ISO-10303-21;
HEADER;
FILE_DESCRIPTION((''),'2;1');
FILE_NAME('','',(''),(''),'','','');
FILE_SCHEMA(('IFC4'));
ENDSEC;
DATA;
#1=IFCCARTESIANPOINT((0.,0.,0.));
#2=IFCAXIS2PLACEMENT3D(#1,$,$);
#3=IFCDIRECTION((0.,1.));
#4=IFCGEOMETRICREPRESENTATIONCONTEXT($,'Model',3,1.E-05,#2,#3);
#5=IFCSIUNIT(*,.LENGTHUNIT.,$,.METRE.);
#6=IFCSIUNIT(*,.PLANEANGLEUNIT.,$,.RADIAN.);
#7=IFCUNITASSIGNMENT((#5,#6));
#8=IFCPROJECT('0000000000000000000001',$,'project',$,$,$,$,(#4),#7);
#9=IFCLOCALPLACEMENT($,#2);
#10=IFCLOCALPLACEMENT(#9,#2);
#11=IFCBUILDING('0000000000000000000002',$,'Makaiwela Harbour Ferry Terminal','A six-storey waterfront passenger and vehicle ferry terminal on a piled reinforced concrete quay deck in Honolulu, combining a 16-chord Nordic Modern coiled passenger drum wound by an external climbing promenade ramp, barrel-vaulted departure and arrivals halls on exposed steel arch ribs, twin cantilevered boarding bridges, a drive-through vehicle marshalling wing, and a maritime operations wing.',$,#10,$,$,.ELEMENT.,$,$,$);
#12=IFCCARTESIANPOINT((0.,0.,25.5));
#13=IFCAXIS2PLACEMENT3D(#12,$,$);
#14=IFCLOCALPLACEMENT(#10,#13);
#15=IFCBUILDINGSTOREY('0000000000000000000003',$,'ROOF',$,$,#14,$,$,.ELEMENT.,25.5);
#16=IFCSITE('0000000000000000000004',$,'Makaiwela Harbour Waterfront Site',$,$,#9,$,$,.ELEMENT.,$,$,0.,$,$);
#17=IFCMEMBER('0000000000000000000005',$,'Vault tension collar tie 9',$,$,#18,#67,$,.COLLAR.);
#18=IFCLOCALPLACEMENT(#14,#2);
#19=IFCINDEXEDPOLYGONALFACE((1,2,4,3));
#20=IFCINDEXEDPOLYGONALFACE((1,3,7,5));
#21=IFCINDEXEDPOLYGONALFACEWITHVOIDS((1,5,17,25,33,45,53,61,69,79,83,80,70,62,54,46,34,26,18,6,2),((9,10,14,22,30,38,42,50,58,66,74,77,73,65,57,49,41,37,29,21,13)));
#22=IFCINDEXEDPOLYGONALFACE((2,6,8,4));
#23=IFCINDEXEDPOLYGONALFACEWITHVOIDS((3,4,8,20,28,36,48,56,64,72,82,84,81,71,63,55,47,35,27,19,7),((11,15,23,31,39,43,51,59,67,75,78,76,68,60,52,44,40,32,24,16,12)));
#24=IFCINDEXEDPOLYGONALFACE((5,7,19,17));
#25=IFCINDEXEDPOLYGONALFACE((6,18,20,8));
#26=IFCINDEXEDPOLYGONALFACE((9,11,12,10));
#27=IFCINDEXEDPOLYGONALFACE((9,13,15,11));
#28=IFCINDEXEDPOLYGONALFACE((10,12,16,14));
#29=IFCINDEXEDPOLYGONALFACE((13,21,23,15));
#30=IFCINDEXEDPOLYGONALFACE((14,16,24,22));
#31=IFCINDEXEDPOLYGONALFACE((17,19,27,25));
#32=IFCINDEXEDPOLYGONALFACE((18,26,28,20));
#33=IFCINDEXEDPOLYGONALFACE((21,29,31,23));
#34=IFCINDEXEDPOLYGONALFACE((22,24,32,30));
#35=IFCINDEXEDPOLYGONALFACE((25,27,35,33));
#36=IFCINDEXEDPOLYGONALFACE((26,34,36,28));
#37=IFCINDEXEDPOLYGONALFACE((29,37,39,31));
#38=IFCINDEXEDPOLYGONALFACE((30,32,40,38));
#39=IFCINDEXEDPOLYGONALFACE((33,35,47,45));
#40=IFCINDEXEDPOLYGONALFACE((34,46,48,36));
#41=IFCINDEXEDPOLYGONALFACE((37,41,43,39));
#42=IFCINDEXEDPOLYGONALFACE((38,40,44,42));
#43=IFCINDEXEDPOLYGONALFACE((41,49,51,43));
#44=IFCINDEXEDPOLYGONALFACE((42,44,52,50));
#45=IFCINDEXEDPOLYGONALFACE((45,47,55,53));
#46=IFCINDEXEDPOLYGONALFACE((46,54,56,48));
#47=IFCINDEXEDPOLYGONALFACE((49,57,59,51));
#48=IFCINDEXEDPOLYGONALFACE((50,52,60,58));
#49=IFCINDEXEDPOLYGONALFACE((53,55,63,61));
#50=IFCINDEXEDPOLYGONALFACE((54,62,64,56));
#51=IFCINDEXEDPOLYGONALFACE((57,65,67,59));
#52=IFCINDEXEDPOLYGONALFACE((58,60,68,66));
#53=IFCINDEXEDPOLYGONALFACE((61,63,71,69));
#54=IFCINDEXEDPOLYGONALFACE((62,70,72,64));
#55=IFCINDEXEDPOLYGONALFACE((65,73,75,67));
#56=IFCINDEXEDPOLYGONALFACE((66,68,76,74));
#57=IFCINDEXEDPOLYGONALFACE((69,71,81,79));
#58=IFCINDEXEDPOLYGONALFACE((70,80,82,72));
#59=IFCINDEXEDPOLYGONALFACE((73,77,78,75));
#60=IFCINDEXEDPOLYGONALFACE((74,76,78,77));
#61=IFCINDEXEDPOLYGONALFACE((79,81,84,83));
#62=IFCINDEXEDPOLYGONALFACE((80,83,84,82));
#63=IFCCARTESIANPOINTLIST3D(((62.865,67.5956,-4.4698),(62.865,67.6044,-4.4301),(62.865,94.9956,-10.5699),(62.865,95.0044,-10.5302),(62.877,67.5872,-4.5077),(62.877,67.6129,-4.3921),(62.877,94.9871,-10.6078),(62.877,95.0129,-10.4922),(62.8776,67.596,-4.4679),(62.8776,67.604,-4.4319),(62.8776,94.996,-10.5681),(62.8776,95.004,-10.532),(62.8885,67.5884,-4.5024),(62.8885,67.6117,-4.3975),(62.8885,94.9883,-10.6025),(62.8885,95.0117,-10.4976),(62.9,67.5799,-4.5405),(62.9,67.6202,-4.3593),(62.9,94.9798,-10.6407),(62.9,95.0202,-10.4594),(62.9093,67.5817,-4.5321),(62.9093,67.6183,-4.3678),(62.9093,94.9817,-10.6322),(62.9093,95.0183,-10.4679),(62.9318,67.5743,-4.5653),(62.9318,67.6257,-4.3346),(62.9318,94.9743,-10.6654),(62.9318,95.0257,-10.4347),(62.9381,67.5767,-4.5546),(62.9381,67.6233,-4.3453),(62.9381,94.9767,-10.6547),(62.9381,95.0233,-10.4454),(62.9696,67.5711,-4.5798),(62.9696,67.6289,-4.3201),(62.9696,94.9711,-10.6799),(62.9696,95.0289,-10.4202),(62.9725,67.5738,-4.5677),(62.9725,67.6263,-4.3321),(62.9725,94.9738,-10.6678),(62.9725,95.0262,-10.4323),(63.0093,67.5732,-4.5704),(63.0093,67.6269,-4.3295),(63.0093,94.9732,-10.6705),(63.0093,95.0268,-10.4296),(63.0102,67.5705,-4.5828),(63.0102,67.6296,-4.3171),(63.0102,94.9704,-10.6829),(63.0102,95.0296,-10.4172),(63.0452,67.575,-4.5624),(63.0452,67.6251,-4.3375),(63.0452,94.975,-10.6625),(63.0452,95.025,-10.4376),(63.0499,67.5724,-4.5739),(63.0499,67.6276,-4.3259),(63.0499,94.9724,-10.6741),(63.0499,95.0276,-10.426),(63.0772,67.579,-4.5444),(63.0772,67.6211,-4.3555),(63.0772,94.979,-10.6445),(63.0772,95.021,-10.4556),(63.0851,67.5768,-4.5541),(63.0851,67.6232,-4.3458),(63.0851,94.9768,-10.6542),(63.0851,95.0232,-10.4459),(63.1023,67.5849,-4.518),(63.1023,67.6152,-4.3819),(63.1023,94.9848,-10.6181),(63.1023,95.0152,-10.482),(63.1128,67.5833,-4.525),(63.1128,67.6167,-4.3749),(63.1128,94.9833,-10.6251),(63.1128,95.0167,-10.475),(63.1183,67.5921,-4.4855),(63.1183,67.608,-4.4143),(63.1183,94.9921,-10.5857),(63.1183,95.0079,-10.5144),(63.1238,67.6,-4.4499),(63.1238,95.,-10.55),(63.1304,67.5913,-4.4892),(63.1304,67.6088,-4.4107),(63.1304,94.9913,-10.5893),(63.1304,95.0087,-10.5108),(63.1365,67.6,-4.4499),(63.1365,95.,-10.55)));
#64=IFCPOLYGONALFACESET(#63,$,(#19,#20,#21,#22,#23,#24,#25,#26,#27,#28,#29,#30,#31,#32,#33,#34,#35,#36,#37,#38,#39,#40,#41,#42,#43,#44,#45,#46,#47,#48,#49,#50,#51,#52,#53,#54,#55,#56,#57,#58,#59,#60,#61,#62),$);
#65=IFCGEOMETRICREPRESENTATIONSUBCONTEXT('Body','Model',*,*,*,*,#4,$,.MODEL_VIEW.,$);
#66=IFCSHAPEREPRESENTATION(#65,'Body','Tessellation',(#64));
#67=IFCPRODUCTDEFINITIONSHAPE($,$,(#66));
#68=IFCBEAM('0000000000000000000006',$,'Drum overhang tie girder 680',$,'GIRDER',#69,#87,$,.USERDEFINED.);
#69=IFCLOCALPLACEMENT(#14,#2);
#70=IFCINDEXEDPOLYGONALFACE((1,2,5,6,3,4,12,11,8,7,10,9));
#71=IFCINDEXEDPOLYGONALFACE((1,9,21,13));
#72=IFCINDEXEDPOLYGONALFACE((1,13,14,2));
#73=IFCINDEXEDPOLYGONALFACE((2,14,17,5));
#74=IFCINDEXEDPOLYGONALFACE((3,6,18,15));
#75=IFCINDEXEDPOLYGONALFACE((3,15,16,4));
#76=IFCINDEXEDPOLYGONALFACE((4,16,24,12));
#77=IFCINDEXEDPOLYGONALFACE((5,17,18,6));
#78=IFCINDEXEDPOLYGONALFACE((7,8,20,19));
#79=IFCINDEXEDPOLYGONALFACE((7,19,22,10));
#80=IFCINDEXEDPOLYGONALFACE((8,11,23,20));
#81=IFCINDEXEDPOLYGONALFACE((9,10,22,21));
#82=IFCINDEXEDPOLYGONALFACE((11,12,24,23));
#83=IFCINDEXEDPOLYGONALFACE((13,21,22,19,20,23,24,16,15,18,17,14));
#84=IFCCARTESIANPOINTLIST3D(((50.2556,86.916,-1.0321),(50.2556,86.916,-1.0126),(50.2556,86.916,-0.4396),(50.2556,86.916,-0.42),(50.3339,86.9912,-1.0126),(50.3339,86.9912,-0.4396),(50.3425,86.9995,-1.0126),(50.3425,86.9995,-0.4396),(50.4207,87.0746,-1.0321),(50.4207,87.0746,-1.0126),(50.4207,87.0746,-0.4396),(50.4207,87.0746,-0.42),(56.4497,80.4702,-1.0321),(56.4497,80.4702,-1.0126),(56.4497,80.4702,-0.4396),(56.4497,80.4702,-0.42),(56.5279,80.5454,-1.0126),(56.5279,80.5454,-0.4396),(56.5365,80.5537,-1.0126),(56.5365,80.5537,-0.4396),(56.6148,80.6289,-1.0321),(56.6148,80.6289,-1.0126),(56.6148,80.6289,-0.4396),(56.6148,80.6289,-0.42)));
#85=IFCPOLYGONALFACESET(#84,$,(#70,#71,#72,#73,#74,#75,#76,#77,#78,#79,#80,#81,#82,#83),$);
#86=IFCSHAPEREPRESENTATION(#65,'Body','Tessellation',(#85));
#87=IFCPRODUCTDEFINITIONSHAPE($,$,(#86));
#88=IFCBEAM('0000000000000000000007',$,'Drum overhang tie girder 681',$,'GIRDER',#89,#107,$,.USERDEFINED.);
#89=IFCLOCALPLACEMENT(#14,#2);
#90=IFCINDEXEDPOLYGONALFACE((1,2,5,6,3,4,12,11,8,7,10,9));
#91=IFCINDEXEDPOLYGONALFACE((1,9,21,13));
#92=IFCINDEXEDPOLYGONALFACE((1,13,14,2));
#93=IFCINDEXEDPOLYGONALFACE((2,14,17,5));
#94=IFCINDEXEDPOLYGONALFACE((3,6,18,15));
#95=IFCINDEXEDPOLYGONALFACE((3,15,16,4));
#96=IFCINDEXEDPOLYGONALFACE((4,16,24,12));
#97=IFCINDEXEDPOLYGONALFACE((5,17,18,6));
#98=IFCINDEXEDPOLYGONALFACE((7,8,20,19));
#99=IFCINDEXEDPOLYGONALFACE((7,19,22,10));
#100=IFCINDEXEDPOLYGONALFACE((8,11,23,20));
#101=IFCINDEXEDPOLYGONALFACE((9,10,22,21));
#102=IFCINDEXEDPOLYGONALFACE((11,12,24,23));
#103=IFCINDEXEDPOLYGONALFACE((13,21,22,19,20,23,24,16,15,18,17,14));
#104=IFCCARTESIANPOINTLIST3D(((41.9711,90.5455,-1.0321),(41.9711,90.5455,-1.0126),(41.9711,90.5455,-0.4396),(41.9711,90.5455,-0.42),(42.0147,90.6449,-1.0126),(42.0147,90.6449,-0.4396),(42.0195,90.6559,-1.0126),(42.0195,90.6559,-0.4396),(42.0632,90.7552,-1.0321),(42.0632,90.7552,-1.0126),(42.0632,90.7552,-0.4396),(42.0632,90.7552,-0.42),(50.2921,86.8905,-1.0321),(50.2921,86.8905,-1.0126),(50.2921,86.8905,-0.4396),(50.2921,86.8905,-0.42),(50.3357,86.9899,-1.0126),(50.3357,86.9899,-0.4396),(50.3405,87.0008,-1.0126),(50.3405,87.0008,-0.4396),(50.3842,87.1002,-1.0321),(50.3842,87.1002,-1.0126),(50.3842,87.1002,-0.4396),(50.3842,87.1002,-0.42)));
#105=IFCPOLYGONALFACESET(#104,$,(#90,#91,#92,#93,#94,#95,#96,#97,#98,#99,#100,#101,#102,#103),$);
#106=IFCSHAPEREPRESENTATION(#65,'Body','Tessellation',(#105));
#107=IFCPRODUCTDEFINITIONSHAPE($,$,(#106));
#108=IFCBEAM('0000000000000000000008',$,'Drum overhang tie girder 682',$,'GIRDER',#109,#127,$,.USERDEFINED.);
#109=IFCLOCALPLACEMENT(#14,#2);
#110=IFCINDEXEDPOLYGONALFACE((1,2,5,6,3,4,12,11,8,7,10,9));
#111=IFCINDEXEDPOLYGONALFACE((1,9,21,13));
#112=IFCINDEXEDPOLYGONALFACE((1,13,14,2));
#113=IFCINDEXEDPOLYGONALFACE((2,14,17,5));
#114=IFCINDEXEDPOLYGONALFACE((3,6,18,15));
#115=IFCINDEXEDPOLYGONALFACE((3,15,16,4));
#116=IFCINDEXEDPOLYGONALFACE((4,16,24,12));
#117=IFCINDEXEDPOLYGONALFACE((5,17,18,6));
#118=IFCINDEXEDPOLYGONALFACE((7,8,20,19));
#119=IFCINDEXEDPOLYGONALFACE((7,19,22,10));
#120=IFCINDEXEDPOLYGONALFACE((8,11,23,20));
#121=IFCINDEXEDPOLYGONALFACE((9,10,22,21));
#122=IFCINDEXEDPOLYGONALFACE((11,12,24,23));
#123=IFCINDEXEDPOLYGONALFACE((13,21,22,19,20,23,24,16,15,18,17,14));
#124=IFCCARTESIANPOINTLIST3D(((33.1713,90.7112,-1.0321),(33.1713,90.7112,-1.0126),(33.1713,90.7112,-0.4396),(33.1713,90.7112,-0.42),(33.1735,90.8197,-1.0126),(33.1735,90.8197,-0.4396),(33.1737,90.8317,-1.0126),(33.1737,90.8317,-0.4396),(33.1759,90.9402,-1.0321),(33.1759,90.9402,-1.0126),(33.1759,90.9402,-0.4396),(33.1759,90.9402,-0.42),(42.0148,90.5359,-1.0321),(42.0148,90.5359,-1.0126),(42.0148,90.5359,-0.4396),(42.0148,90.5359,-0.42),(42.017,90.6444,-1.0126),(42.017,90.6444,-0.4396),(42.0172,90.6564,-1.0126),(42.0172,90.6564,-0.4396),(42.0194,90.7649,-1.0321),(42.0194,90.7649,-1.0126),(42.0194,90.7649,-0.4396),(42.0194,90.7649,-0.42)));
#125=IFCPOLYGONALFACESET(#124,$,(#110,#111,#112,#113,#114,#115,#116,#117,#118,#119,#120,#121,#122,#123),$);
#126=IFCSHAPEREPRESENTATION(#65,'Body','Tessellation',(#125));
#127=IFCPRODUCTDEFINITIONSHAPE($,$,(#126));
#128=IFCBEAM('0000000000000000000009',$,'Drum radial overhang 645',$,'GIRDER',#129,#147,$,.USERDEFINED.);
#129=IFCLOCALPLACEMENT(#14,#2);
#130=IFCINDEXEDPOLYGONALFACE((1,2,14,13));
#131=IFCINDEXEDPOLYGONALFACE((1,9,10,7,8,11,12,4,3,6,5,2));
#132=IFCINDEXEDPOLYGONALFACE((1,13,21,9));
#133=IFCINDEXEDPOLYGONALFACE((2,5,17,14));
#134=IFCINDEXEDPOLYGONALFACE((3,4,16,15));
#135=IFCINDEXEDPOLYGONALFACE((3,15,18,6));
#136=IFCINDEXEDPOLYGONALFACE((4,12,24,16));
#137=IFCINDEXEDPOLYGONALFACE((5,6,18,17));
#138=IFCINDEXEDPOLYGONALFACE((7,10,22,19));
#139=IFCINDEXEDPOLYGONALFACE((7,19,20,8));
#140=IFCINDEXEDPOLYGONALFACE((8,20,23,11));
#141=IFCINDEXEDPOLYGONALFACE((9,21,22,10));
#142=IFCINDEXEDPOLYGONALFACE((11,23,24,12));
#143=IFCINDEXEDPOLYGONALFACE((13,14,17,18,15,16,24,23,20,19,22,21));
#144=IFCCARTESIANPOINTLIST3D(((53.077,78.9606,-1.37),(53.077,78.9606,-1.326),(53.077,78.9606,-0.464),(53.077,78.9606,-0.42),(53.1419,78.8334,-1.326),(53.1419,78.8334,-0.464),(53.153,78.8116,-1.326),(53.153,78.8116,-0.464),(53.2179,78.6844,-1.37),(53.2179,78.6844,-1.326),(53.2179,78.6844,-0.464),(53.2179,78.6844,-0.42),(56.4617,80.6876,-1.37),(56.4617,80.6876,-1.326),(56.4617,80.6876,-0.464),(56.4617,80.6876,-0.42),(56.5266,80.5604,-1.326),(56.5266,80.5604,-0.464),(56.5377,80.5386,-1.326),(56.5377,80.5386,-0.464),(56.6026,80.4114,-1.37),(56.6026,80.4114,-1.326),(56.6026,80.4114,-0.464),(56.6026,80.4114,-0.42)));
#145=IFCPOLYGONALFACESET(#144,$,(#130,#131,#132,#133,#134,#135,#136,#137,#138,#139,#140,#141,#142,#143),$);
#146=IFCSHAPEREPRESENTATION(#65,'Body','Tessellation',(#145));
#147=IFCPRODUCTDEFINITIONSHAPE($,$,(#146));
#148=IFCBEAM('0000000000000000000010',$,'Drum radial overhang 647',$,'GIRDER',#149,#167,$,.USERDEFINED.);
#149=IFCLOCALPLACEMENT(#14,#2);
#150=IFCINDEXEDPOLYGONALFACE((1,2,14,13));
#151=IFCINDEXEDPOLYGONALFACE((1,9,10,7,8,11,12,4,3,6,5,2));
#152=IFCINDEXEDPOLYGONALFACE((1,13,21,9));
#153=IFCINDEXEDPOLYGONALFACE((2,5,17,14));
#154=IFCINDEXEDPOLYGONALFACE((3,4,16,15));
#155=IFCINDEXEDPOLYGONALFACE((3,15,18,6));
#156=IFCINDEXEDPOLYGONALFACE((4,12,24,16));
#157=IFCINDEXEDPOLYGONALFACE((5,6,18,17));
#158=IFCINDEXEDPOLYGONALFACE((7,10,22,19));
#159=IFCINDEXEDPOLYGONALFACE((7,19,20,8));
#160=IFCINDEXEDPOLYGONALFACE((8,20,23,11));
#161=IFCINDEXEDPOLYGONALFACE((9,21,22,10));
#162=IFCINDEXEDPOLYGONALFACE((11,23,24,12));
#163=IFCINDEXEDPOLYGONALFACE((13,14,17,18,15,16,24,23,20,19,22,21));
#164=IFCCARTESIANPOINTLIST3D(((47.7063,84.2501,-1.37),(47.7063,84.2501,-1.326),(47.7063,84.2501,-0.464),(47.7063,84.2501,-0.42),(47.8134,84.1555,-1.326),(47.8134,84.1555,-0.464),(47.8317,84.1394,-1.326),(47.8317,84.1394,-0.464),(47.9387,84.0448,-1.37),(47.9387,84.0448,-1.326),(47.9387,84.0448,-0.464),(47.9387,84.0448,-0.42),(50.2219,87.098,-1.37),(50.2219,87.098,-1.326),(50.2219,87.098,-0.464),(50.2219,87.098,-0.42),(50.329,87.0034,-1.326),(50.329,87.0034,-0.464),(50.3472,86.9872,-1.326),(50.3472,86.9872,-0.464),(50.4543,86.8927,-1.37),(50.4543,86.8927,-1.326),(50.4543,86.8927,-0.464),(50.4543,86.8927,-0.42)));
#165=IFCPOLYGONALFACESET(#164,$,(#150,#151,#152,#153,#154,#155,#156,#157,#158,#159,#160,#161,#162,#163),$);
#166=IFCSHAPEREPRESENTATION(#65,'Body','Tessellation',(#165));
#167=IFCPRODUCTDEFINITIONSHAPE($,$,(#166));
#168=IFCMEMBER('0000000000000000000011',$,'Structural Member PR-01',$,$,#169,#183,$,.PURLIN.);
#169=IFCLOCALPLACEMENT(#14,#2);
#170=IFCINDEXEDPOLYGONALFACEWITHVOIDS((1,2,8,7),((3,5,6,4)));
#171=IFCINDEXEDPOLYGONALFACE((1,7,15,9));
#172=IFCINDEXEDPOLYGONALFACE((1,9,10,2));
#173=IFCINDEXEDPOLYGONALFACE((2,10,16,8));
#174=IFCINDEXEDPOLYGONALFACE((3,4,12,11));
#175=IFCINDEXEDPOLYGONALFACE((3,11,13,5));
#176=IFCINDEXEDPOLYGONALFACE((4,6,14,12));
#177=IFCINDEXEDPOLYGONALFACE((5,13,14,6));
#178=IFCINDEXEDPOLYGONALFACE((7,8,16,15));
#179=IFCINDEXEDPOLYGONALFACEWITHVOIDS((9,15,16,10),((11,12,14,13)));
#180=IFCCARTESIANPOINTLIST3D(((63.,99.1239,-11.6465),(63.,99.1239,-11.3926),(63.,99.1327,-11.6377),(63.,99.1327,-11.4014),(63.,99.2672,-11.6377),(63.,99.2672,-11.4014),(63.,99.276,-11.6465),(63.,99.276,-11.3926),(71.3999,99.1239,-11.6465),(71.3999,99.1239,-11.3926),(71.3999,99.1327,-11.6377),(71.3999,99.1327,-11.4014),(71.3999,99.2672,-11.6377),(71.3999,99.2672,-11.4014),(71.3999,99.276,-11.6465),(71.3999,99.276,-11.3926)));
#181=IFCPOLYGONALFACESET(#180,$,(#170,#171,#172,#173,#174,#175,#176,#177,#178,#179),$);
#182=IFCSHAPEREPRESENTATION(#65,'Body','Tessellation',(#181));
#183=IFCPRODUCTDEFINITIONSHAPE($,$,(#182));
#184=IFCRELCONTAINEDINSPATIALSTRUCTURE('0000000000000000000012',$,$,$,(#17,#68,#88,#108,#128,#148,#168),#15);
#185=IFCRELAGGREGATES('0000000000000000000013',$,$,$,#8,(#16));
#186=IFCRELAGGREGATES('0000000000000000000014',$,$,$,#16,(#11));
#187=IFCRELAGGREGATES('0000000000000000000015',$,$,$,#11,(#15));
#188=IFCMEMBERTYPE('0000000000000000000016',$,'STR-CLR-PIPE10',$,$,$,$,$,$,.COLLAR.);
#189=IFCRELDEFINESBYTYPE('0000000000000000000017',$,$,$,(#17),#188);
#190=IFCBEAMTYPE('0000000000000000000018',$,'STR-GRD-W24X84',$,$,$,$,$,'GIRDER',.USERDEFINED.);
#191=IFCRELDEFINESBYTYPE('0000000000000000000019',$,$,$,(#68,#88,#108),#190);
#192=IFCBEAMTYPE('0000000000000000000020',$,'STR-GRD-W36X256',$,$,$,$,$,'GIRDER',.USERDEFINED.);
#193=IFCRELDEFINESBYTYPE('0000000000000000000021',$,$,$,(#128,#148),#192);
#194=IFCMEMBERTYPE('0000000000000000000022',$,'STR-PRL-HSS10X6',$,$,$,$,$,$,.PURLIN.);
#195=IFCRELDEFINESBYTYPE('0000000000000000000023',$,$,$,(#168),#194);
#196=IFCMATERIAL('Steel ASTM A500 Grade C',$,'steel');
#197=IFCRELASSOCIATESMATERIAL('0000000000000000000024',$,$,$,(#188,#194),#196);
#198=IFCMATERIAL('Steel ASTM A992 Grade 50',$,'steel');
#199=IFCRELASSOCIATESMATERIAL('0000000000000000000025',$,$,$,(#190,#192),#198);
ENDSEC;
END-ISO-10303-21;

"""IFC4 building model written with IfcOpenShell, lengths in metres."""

from ifc_helpers import new_model, si_unit, direction, frame, origin, origin_2d, place, context, subcontext, project, spatial, hollow_rectangle, hollow_circle, i_section, extrude, material, material_profile, profile_set, type_object, element, save


model = new_model("IFC4")

# Units and contexts
model_context = context("Model", 3, precision=1e-05, world=origin(), true_north=direction((0.0, 1.0)))
body_context = subcontext(model_context, "Body", "Model", "MODEL_VIEW")
ifc_project = project(units=[si_unit("LENGTHUNIT", "METRE"), si_unit("PLANEANGLEUNIT", "RADIAN")], contexts=[model_context])

# Site, building, storey
site_placement = place(None, origin())
site = spatial("IfcSite", under=ifc_project, at=site_placement, Name="Makaiwela Harbour Waterfront Site", CompositionType="ELEMENT", RefElevation=0.0)
building_placement = place(site_placement, origin())
building = spatial("IfcBuilding", under=site, at=building_placement, Name="Makaiwela Harbour Ferry Terminal", Description="A six-storey waterfront passenger and vehicle ferry terminal on a piled reinforced concrete quay deck in Honolulu, combining a 16-chord Nordic Modern coiled passenger drum wound by an external climbing promenade ramp, barrel-vaulted departure and arrivals halls on exposed steel arch ribs, twin cantilevered boarding bridges, a drive-through vehicle marshalling wing, and a maritime operations wing.", CompositionType="ELEMENT")
storey_placement = place(building_placement, frame((0.0, 0.0, 25.5)))
storey = spatial("IfcBuildingStorey", under=building, at=storey_placement, Name="ROOF", CompositionType="ELEMENT", Elevation=25.5)

# Shared definitions
ifc_material_1 = material(Name="Steel ASTM A992 Grade 50", Category="steel")

# Member
ifc_material_2 = material(Name="Steel ASTM A500 Grade C", Category="steel")
ifc_material_profile_1 = material_profile(ifc_material_2, hollow_circle(Radius=0.1365, WallThickness=0.0127, at=origin_2d()), Name="PIPE10XS")
ifc_profile_set_1 = profile_set([ifc_material_profile_1], Name="Steel ASTM A500 Grade C")
member_type_1 = type_object("IfcMemberType", Name="STR-CLR-PIPE10", PredefinedType="COLLAR", material=ifc_profile_set_1)
member_1_placement = place(storey_placement, frame((63.0, 95.0, -10.55), z_axis=(0.0, -0.976102, 0.217312), x_axis=(1.0, 0.0, 0.0)))
element("IfcMember", 1, at=member_1_placement, inside=storey, type_object=member_type_1, Name="Vault tension collar tie 9", PredefinedType="COLLAR", context=body_context, shape_type="SweptSolid", body=[
    extrude(hollow_circle(Radius=0.1365, WallThickness=0.0127, at=origin_2d()), origin(), (0.0, 0.0, 1.0), 28.0708),
])

# Beams
ifc_material_profile_2 = material_profile(ifc_material_1, i_section(OverallWidth=0.229, OverallDepth=0.6121, WebThickness=0.012, FlangeThickness=0.0195, at=origin_2d()), Name="W24X84")
ifc_profile_set_2 = profile_set([ifc_material_profile_2], Name="Steel ASTM A992 Grade 50")
beam_type_1 = type_object("IfcBeamType", Name="STR-GRD-W24X84", ElementType="GIRDER", PredefinedType="USERDEFINED", material=ifc_profile_set_2)
beam_1_placement = place(storey_placement, frame((56.5322, 80.5496, -0.7261), z_axis=(-0.692888, 0.721045, 0.0), x_axis=(-0.721045, -0.692888, 0.0)))
element("IfcBeam", 2, at=beam_1_placement, inside=storey, type_object=beam_type_1, Name="Drum overhang tie girder 680", ObjectType="GIRDER", PredefinedType="USERDEFINED", context=body_context, shape_type="SweptSolid", body=[
    extrude(i_section(OverallWidth=0.229, OverallDepth=0.6121, WebThickness=0.012, FlangeThickness=0.0195, at=origin_2d()), origin(), (0.0, 0.0, 1.0), 8.9395),
])
beam_2_placement = place(storey_placement, frame((50.3381, 86.9954, -0.7261), z_axis=(-0.915568, 0.402164, 0.0), x_axis=(-0.402164, -0.915568, 0.0)))
element("IfcBeam", 3, at=beam_2_placement, inside=storey, type_object=beam_type_1, Name="Drum overhang tie girder 681", ObjectType="GIRDER", PredefinedType="USERDEFINED", context=body_context, shape_type="SweptSolid", body=[
    extrude(i_section(OverallWidth=0.229, OverallDepth=0.6121, WebThickness=0.012, FlangeThickness=0.0195, at=origin_2d()), origin(), (0.0, 0.0, 1.0), 9.0884),
])
beam_3_placement = place(storey_placement, frame((42.0171, 90.6504, -0.7261), z_axis=(-0.999804, 0.019818, 0.0), x_axis=(-0.019818, -0.999804, 0.0)))
element("IfcBeam", 4, at=beam_3_placement, inside=storey, type_object=beam_type_1, Name="Drum overhang tie girder 682", ObjectType="GIRDER", PredefinedType="USERDEFINED", context=body_context, shape_type="SweptSolid", body=[
    extrude(i_section(OverallWidth=0.229, OverallDepth=0.6121, WebThickness=0.012, FlangeThickness=0.0195, at=origin_2d()), origin(), (0.0, 0.0, 1.0), 8.8452),
])
ifc_material_profile_3 = material_profile(ifc_material_1, i_section(OverallWidth=0.3101, OverallDepth=0.95, WebThickness=0.0244, FlangeThickness=0.0439, at=origin_2d()), Name="W36X256")
ifc_profile_set_3 = profile_set([ifc_material_profile_3], Name="Steel ASTM A992 Grade 50")
beam_type_2 = type_object("IfcBeamType", Name="STR-GRD-W36X256", ElementType="GIRDER", PredefinedType="USERDEFINED", material=ifc_profile_set_3)
for number, where, z_axis, x_axis, name in (
    (5, (53.1475, 78.8225, -0.895), (0.890748, 0.454497, 0.0), (-0.454497, 0.890748, 0.0), "Drum radial overhang 645"),
    (6, (47.8225, 84.1475, -0.895), (0.662032, 0.749476, 0.0), (-0.749476, 0.662032, 0.0), "Drum radial overhang 647"),
):
    element("IfcBeam", number, at=place(storey_placement, frame(where, z_axis=z_axis, x_axis=x_axis)), inside=storey, type_object=beam_type_2, Name=name, ObjectType="GIRDER", PredefinedType="USERDEFINED", context=body_context, shape_type="SweptSolid", body=[
        extrude(i_section(OverallWidth=0.3101, OverallDepth=0.95, WebThickness=0.0244, FlangeThickness=0.0439, at=origin_2d()), origin(), (0.0, 0.0, 1.0), 3.7998),
    ])

# Member
ifc_material_profile_4 = material_profile(ifc_material_2, hollow_rectangle(XDim=0.1521, YDim=0.2539, WallThickness=0.0088, at=origin_2d()), Name="HSS10X6X3/8")
ifc_profile_set_4 = profile_set([ifc_material_profile_4], Name="Steel ASTM A500 Grade C")
member_type_2 = type_object("IfcMemberType", Name="STR-PRL-HSS10X6", PredefinedType="PURLIN", material=ifc_profile_set_4)
for number, where, z_axis, x_axis, name in (
    (7, (63.0, 99.2, -11.5195), (1.0, 0.0, 0.0), (0.0, 1.0, 0.0), "Structural Member PR-01"),
):
    element("IfcMember", number, at=place(storey_placement, frame(where, z_axis=z_axis, x_axis=x_axis)), inside=storey, type_object=member_type_2, Name=name, PredefinedType="PURLIN", context=body_context, shape_type="SweptSolid", body=[
        extrude(hollow_rectangle(XDim=0.1521, YDim=0.2539, WallThickness=0.0088, at=origin_2d()), origin(), (0.0, 0.0, 1.0), 8.3999),
    ])

save(model, "model.ifc")
